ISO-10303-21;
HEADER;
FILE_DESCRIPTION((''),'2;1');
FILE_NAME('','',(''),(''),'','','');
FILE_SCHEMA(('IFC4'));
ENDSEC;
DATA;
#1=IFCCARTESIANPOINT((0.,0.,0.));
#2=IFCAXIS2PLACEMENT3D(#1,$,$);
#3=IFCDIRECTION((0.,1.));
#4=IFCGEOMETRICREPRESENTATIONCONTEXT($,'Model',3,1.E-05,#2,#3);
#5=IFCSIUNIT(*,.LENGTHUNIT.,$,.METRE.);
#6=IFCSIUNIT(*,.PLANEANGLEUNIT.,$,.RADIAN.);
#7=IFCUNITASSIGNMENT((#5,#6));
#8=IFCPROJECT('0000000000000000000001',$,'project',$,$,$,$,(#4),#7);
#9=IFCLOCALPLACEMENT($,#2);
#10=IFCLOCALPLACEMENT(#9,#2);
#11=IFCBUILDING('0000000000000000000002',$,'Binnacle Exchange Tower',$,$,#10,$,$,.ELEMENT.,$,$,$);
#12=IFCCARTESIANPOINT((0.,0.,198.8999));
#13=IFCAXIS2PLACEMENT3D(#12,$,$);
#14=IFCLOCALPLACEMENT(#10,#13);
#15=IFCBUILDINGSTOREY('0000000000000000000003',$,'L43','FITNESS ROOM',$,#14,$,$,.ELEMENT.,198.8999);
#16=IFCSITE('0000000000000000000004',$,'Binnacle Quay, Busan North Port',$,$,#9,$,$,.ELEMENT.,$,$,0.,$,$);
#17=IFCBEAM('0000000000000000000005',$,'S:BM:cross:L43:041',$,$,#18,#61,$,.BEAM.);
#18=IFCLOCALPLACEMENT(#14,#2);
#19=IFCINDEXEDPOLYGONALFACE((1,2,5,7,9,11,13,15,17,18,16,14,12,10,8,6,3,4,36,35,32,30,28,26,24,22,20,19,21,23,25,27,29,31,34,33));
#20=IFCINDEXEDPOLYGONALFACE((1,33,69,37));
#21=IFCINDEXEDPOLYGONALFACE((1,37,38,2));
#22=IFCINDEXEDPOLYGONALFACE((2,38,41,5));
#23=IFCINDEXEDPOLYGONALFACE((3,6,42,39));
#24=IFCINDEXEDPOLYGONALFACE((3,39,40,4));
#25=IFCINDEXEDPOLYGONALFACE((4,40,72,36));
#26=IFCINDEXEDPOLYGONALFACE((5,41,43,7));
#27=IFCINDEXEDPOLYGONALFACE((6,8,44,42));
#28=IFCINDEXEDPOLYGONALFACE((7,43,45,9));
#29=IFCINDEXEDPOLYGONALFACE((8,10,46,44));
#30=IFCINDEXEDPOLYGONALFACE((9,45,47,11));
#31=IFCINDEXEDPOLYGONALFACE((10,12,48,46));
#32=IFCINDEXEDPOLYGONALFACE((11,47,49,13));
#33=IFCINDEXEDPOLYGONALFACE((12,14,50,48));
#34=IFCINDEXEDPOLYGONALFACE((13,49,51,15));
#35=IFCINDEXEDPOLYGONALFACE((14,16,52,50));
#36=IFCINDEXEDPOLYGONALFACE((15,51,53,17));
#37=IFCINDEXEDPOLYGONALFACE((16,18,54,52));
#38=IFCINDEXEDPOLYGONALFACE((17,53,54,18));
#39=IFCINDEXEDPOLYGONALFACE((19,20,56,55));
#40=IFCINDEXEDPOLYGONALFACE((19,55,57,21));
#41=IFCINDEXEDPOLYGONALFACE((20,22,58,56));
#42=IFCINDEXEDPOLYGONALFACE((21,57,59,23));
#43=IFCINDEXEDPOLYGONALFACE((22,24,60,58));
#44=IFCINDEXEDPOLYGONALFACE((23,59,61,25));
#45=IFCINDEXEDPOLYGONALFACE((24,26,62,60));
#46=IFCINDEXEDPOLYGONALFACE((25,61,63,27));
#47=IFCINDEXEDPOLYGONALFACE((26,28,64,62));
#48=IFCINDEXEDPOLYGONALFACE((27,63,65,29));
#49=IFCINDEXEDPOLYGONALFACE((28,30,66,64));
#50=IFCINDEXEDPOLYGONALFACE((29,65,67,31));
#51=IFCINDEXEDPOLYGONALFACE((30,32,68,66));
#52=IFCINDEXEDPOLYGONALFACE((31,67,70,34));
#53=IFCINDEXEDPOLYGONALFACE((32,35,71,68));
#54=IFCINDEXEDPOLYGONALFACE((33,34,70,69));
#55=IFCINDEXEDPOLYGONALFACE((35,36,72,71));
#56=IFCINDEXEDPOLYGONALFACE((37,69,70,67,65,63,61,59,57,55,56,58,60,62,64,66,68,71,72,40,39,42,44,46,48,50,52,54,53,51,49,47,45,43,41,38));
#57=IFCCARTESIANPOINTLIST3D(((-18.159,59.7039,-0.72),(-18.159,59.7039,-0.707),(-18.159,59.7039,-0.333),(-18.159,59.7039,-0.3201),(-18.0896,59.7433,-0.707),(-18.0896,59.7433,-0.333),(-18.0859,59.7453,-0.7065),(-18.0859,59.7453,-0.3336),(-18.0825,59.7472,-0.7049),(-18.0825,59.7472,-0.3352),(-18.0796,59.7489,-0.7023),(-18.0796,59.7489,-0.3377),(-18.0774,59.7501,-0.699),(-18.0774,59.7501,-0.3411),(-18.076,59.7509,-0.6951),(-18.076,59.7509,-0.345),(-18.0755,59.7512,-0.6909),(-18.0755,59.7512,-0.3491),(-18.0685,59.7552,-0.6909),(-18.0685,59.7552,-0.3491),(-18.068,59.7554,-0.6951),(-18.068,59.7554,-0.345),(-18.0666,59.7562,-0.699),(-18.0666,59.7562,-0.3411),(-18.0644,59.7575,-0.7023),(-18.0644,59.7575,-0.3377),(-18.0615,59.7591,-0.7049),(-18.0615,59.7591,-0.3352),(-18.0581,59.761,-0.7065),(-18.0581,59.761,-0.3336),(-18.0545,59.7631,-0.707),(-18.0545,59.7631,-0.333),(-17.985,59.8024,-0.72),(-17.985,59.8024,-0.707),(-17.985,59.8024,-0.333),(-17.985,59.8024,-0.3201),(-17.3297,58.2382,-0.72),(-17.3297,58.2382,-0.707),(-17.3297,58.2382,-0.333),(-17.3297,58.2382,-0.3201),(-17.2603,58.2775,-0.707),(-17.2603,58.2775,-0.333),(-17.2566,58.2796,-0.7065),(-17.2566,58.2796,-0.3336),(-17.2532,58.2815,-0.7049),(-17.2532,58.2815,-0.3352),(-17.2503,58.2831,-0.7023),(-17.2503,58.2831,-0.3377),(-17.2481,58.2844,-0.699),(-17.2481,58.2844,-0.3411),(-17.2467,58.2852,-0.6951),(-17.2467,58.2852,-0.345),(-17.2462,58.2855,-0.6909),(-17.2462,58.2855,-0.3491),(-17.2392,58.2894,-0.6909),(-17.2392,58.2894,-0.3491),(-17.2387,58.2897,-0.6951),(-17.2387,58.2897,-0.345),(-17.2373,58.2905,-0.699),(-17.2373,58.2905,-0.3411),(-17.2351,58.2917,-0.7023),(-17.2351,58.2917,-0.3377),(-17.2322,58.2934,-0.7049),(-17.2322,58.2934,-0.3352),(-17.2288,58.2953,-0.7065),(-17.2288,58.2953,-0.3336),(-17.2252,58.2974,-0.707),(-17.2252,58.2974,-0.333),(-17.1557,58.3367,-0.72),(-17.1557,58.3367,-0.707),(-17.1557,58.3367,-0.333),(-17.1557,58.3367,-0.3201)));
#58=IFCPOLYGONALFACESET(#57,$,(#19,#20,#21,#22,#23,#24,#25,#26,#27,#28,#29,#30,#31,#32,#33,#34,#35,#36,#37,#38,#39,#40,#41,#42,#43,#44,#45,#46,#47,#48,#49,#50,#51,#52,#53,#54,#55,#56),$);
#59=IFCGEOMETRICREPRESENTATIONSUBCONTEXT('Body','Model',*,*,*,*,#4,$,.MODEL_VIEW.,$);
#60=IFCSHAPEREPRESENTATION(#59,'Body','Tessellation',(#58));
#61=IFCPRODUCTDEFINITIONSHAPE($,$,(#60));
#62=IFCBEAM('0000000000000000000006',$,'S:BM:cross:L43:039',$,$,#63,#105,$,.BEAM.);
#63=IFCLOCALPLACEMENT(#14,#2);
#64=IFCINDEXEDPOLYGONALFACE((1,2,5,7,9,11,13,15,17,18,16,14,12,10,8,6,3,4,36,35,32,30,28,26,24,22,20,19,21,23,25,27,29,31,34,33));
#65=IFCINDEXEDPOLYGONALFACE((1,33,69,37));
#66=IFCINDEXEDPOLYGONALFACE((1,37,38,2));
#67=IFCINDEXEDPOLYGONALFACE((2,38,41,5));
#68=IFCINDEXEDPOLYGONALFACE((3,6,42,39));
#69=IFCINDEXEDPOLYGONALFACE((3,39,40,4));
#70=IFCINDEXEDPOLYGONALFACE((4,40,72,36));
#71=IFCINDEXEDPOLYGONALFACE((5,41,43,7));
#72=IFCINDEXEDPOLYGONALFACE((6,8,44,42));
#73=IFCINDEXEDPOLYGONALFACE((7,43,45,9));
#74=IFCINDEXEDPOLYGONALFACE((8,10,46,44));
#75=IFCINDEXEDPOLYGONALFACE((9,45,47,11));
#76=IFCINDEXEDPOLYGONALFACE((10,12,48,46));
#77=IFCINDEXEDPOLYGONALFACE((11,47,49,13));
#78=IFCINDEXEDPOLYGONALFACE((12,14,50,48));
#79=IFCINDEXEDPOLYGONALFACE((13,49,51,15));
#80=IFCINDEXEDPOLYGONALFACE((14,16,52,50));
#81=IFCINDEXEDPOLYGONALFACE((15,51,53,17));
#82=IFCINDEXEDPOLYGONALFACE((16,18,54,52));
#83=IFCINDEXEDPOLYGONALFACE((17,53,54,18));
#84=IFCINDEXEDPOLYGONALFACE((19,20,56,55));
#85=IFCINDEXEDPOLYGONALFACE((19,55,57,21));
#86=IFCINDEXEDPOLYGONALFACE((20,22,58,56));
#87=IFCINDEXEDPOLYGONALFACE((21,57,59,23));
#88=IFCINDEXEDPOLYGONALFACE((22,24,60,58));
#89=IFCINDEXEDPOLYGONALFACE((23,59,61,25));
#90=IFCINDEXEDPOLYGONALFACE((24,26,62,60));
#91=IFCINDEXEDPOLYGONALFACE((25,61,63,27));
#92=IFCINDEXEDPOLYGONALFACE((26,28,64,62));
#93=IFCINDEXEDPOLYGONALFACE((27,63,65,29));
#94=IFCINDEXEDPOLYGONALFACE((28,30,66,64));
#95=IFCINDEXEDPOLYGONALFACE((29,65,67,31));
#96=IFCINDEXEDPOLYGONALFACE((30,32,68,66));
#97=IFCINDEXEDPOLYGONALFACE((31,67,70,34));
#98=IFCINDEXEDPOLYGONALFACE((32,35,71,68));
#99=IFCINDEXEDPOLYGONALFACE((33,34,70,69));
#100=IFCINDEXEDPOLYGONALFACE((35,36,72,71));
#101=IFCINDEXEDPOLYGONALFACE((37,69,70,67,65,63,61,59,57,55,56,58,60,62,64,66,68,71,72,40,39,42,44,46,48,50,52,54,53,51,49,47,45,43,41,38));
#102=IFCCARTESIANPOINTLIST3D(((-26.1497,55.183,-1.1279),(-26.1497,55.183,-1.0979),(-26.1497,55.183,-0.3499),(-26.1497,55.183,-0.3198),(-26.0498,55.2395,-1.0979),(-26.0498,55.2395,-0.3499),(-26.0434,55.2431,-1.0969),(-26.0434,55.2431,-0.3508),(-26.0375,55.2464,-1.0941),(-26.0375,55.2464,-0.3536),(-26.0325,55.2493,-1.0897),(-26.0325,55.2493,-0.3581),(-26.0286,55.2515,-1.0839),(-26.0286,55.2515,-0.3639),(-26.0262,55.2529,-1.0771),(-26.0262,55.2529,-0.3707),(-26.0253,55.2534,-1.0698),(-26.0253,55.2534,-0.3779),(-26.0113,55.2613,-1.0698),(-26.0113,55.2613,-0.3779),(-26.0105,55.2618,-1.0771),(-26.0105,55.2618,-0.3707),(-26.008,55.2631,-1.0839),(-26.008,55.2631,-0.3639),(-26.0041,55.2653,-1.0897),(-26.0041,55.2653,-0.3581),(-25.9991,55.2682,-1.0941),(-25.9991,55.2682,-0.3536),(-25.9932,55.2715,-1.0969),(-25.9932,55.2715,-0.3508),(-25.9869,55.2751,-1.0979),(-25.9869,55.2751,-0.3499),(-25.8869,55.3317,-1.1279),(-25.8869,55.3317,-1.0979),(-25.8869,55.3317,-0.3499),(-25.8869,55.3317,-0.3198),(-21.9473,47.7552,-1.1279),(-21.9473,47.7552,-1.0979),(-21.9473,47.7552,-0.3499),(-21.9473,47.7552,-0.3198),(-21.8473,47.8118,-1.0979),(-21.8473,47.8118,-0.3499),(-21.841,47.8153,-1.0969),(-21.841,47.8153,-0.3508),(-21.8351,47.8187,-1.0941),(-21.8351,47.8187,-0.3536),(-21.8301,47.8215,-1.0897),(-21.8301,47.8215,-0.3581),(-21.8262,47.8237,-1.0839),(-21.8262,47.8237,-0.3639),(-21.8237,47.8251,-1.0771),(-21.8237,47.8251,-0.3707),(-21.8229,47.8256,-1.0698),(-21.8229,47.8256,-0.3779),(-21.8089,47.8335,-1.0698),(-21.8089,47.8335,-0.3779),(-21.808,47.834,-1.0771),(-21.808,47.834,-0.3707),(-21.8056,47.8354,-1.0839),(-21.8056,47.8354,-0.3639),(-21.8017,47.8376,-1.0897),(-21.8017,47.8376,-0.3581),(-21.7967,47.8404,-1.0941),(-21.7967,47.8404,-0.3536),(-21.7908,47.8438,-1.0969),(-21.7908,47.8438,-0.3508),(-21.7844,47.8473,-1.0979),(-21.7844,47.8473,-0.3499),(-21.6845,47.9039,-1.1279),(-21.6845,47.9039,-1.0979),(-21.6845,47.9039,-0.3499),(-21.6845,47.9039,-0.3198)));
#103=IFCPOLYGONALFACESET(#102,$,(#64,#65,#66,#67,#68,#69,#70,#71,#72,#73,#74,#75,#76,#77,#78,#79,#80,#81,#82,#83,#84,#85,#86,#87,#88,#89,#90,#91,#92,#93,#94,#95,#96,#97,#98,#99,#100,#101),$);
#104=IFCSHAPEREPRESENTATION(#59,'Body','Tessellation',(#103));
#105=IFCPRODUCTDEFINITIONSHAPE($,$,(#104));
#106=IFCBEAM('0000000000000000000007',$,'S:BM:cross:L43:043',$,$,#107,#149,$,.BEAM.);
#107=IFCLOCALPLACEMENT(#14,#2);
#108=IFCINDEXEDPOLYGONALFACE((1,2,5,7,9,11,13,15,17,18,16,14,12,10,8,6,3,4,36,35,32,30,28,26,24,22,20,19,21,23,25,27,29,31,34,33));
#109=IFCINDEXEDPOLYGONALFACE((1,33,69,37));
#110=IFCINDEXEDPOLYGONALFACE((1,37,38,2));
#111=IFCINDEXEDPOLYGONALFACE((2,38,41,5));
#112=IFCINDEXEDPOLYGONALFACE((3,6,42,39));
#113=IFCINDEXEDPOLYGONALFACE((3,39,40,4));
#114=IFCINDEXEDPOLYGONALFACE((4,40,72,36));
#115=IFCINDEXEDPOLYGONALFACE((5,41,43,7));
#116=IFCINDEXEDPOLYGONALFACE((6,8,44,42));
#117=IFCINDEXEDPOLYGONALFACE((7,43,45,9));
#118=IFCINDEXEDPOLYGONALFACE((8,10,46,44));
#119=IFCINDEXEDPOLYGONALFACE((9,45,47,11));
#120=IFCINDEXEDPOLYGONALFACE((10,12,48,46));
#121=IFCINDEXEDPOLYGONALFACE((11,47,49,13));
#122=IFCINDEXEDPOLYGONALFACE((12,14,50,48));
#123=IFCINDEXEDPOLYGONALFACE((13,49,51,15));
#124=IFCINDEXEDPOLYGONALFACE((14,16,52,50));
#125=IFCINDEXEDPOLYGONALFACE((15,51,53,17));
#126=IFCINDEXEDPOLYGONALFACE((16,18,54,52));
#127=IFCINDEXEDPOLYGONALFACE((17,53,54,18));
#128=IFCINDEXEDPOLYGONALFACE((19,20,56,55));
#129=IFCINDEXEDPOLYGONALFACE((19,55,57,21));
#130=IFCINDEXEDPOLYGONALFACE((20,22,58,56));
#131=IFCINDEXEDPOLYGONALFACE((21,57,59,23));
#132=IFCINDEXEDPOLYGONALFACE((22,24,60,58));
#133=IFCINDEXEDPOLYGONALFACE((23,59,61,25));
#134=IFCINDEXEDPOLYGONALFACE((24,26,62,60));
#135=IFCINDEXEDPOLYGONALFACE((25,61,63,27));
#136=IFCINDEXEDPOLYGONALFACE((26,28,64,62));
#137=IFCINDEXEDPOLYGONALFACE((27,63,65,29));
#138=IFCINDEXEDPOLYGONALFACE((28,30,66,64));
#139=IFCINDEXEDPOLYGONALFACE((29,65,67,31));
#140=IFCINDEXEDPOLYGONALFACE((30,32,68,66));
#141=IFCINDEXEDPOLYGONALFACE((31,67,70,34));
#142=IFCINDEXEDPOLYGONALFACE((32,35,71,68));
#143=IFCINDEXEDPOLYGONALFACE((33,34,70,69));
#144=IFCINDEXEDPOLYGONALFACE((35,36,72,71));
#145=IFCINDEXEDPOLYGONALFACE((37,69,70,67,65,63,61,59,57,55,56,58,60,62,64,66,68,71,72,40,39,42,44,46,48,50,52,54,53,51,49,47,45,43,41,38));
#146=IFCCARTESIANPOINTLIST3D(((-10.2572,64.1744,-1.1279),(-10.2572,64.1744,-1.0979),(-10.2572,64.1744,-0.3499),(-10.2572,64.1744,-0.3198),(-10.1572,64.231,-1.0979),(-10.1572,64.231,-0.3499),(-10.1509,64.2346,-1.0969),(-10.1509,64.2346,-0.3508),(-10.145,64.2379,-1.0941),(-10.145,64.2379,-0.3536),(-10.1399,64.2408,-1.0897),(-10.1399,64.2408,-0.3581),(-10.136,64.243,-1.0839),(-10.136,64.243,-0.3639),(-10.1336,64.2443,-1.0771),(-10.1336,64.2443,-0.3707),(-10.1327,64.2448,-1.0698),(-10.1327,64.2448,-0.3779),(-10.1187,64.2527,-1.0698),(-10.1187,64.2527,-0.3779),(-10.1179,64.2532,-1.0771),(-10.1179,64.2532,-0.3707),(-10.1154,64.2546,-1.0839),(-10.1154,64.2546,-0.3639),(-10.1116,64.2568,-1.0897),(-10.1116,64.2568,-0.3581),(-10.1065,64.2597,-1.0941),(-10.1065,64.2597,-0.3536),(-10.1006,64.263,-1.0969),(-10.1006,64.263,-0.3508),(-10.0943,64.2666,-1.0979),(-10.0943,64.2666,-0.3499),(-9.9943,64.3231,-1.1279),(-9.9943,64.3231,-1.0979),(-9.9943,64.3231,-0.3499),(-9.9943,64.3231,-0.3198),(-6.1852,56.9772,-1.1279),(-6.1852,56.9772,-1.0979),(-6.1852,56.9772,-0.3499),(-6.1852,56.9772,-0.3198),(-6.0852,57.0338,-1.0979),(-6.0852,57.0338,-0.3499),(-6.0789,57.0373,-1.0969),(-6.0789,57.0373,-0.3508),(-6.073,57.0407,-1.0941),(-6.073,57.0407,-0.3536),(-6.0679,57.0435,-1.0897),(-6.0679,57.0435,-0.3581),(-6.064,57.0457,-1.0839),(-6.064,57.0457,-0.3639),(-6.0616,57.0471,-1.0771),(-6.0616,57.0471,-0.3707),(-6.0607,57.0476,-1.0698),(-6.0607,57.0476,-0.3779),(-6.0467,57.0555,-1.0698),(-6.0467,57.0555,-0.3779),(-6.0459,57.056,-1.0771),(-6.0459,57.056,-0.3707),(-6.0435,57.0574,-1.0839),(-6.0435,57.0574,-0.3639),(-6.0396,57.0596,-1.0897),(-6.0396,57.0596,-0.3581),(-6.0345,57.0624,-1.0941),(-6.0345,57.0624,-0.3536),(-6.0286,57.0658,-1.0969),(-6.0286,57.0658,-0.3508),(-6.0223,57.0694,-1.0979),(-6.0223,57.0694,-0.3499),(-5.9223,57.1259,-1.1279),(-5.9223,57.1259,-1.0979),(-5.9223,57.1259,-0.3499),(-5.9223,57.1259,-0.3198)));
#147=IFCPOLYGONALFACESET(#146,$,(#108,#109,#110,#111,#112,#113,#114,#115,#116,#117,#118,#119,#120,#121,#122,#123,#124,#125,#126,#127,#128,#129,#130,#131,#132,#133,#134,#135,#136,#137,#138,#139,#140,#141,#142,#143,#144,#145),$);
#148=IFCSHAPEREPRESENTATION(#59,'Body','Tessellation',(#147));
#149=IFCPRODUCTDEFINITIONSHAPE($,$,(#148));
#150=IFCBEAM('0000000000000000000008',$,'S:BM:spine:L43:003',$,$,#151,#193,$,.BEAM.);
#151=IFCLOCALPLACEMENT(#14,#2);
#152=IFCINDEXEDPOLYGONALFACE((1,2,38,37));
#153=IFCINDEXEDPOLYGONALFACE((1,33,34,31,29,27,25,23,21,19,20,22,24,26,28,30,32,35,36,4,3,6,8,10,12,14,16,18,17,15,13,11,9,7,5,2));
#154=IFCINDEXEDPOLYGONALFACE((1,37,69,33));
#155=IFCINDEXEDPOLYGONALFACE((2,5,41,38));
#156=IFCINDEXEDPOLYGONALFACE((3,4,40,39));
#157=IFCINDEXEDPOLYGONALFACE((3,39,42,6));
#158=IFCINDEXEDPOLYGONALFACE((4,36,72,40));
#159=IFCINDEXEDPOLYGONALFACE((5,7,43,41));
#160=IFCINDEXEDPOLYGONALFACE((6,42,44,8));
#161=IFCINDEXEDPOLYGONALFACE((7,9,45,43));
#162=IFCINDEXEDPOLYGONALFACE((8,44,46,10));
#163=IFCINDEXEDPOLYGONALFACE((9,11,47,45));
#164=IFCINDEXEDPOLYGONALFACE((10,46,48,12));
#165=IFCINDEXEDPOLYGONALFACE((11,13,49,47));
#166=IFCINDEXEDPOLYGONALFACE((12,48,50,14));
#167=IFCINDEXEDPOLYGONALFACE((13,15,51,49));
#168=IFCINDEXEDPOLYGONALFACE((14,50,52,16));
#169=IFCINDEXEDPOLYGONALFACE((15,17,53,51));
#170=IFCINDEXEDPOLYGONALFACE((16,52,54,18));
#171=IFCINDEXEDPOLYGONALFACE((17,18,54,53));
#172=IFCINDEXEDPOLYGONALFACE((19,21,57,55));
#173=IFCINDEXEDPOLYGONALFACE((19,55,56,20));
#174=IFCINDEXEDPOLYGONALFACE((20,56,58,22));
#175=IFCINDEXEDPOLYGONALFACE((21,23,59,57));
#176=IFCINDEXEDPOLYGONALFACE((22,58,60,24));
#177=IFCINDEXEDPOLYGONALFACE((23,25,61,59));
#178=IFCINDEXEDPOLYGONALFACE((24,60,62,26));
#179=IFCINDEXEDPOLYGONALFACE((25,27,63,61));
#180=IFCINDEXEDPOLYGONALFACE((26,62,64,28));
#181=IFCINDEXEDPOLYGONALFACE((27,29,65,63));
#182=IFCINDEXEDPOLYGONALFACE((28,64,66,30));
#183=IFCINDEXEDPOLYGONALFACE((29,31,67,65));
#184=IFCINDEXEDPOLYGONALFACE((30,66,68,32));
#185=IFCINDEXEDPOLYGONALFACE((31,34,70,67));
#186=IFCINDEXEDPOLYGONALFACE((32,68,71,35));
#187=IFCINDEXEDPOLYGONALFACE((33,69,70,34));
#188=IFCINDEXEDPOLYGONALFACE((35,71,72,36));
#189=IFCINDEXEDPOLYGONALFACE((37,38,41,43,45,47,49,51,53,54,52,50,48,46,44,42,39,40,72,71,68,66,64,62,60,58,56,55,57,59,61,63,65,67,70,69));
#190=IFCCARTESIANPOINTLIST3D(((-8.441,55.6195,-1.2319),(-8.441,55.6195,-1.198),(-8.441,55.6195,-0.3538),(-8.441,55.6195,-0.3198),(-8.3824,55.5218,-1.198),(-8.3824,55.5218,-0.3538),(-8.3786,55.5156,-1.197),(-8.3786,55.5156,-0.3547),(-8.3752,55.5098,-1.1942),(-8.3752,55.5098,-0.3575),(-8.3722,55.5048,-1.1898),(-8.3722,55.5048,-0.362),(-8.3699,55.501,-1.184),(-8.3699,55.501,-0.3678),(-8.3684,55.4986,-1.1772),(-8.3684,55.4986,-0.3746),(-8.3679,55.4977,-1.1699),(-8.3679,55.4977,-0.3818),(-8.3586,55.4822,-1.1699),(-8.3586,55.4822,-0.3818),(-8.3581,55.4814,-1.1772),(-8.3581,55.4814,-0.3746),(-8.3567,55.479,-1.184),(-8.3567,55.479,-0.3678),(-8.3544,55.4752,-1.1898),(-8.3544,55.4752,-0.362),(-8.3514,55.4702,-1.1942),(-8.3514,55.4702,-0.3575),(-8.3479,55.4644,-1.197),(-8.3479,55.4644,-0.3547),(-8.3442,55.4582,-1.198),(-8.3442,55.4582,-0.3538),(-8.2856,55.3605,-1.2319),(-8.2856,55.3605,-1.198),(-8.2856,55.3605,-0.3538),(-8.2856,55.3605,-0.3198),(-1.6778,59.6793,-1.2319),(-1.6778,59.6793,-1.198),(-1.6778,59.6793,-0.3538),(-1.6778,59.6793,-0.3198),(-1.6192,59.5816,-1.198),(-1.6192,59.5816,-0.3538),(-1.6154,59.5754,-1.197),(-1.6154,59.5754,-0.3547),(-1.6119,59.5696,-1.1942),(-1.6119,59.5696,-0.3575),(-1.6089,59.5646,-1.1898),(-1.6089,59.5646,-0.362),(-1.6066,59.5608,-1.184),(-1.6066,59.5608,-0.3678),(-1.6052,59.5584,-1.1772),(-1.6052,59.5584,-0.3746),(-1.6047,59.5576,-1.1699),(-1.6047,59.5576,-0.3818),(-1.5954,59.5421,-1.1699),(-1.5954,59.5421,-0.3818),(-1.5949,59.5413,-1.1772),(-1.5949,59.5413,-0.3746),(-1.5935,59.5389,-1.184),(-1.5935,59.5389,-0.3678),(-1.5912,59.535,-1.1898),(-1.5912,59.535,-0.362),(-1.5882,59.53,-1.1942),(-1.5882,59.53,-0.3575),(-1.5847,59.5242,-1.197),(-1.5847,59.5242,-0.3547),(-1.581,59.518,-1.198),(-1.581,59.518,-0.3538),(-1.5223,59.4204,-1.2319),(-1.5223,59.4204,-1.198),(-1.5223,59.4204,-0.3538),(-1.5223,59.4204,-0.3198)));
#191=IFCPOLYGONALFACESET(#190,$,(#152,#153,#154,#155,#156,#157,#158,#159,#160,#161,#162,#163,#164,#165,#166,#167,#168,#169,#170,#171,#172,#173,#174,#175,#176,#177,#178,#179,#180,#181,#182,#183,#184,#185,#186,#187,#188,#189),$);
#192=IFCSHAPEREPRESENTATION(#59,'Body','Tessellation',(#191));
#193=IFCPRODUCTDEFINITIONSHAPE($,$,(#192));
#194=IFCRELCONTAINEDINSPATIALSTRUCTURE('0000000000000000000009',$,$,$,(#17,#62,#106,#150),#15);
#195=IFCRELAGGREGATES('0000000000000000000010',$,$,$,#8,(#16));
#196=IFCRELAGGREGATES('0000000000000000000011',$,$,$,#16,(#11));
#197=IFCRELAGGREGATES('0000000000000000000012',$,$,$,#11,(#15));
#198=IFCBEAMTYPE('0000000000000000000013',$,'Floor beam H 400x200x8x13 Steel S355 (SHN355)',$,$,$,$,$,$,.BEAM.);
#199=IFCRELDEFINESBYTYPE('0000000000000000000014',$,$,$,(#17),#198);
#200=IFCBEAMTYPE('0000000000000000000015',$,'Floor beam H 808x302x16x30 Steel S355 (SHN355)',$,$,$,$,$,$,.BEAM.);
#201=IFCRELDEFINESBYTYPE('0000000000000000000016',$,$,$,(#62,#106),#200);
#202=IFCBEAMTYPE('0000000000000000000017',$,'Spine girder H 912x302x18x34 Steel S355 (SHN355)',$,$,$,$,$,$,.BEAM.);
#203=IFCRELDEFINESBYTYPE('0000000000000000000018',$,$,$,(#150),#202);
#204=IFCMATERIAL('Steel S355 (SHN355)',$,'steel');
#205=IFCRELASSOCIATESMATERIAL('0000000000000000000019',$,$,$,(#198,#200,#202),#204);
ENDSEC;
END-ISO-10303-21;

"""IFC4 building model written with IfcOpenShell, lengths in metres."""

from ifc_helpers import new_model, si_unit, direction, frame, origin, origin_2d, place, context, subcontext, project, spatial, i_section, extrude, material, material_profile, profile_set, type_object, element, save


model = new_model("IFC4")

# Units and contexts
model_context = context("Model", 3, precision=1e-05, world=origin(), true_north=direction((0.0, 1.0)))
body_context = subcontext(model_context, "Body", "Model", "MODEL_VIEW")
ifc_project = project(units=[si_unit("LENGTHUNIT", "METRE"), si_unit("PLANEANGLEUNIT", "RADIAN")], contexts=[model_context])

# Site, building, storey
site_placement = place(None, origin())
site = spatial("IfcSite", under=ifc_project, at=site_placement, Name="Binnacle Quay, Busan North Port", CompositionType="ELEMENT", RefElevation=0.0)
building_placement = place(site_placement, origin())
building = spatial("IfcBuilding", under=site, at=building_placement, Name="Binnacle Exchange Tower", CompositionType="ELEMENT")
storey_placement = place(building_placement, frame((0.0, 0.0, 198.8999)))
storey = spatial("IfcBuildingStorey", under=building, at=storey_placement, Name="L43", Description="FITNESS ROOM", CompositionType="ELEMENT", Elevation=198.8999)

# Beams
ifc_material_1 = material(Name="Steel S355 (SHN355)", Category="steel")
ifc_material_profile_1 = material_profile(ifc_material_1, i_section(OverallWidth=0.2, OverallDepth=0.3999, WebThickness=0.0081, FlangeThickness=0.0129, FilletRadius=0.0161, at=origin_2d()), Name="H 400x200x8x13")
ifc_profile_set_1 = profile_set([ifc_material_profile_1], Name="Steel S355 (SHN355)")
beam_type_1 = type_object("IfcBeamType", Name="Floor beam H 400x200x8x13 Steel S355 (SHN355)", PredefinedType="BEAM", material=ifc_profile_set_1)
beam_1_placement = place(storey_placement, frame((-18.072, 59.7532, -0.52), z_axis=(0.492435, -0.870349, 0.0), x_axis=(0.870349, 0.492435, 0.0)))
element("IfcBeam", 1, at=beam_1_placement, inside=storey, type_object=beam_type_1, Name="S:BM:cross:L43:041", PredefinedType="BEAM", context=body_context, shape_type="SweptSolid", body=[
    extrude(i_section(OverallWidth=0.2, OverallDepth=0.3999, WebThickness=0.0081, FlangeThickness=0.0129, FilletRadius=0.0161, at=origin_2d()), origin(), (0.0, 0.0, 1.0), 1.6841),
])
ifc_material_profile_2 = material_profile(ifc_material_1, i_section(OverallWidth=0.302, OverallDepth=0.8081, WebThickness=0.0161, FlangeThickness=0.03, FilletRadius=0.0281, at=origin_2d()), Name="H 808x302x16x30")
ifc_profile_set_2 = profile_set([ifc_material_profile_2], Name="Steel S355 (SHN355)")
beam_type_2 = type_object("IfcBeamType", Name="Floor beam H 808x302x16x30 Steel S355 (SHN355)", PredefinedType="BEAM", material=ifc_profile_set_2)
beam_2_placement = place(storey_placement, frame((-26.0183, 55.2573, -0.7239), z_axis=(0.492422, -0.870357, 0.0), x_axis=(0.870357, 0.492422, 0.0)))
element("IfcBeam", 2, at=beam_2_placement, inside=storey, type_object=beam_type_2, Name="S:BM:cross:L43:039", PredefinedType="BEAM", context=body_context, shape_type="SweptSolid", body=[
    extrude(i_section(OverallWidth=0.302, OverallDepth=0.8081, WebThickness=0.0161, FlangeThickness=0.03, FilletRadius=0.0281, at=origin_2d()), origin(), (0.0, 0.0, 1.0), 8.5342),
])
beam_3_placement = place(storey_placement, frame((-10.1257, 64.2488, -0.7239), z_axis=(0.492424, -0.870355, 0.0), x_axis=(0.870355, 0.492424, 0.0)))
element("IfcBeam", 3, at=beam_3_placement, inside=storey, type_object=beam_type_2, Name="S:BM:cross:L43:043", PredefinedType="BEAM", context=body_context, shape_type="SweptSolid", body=[
    extrude(i_section(OverallWidth=0.302, OverallDepth=0.8081, WebThickness=0.0161, FlangeThickness=0.03, FilletRadius=0.0281, at=origin_2d()), origin(), (0.0, 0.0, 1.0), 8.2693),
])
ifc_material_profile_3 = material_profile(ifc_material_1, i_section(OverallWidth=0.302, OverallDepth=0.9121, WebThickness=0.0181, FlangeThickness=0.0339, FilletRadius=0.0281, at=origin_2d()), Name="H 912x302x18x34")
ifc_profile_set_3 = profile_set([ifc_material_profile_3], Name="Steel S355 (SHN355)")
beam_type_3 = type_object("IfcBeamType", Name="Spine girder H 912x302x18x34 Steel S355 (SHN355)", PredefinedType="BEAM", material=ifc_profile_set_3)
beam_4_placement = place(storey_placement, frame((-8.3633, 55.49, -0.7759), z_axis=(0.857386, 0.514673, 0.0), x_axis=(-0.514673, 0.857386, 0.0)))
element("IfcBeam", 4, at=beam_4_placement, inside=storey, type_object=beam_type_3, Name="S:BM:spine:L43:003", PredefinedType="BEAM", context=body_context, shape_type="SweptSolid", body=[
    extrude(i_section(OverallWidth=0.302, OverallDepth=0.9121, WebThickness=0.0181, FlangeThickness=0.0339, FilletRadius=0.0281, at=origin_2d()), origin(), (0.0, 0.0, 1.0), 7.8882),
])

save(model, "model.ifc")
